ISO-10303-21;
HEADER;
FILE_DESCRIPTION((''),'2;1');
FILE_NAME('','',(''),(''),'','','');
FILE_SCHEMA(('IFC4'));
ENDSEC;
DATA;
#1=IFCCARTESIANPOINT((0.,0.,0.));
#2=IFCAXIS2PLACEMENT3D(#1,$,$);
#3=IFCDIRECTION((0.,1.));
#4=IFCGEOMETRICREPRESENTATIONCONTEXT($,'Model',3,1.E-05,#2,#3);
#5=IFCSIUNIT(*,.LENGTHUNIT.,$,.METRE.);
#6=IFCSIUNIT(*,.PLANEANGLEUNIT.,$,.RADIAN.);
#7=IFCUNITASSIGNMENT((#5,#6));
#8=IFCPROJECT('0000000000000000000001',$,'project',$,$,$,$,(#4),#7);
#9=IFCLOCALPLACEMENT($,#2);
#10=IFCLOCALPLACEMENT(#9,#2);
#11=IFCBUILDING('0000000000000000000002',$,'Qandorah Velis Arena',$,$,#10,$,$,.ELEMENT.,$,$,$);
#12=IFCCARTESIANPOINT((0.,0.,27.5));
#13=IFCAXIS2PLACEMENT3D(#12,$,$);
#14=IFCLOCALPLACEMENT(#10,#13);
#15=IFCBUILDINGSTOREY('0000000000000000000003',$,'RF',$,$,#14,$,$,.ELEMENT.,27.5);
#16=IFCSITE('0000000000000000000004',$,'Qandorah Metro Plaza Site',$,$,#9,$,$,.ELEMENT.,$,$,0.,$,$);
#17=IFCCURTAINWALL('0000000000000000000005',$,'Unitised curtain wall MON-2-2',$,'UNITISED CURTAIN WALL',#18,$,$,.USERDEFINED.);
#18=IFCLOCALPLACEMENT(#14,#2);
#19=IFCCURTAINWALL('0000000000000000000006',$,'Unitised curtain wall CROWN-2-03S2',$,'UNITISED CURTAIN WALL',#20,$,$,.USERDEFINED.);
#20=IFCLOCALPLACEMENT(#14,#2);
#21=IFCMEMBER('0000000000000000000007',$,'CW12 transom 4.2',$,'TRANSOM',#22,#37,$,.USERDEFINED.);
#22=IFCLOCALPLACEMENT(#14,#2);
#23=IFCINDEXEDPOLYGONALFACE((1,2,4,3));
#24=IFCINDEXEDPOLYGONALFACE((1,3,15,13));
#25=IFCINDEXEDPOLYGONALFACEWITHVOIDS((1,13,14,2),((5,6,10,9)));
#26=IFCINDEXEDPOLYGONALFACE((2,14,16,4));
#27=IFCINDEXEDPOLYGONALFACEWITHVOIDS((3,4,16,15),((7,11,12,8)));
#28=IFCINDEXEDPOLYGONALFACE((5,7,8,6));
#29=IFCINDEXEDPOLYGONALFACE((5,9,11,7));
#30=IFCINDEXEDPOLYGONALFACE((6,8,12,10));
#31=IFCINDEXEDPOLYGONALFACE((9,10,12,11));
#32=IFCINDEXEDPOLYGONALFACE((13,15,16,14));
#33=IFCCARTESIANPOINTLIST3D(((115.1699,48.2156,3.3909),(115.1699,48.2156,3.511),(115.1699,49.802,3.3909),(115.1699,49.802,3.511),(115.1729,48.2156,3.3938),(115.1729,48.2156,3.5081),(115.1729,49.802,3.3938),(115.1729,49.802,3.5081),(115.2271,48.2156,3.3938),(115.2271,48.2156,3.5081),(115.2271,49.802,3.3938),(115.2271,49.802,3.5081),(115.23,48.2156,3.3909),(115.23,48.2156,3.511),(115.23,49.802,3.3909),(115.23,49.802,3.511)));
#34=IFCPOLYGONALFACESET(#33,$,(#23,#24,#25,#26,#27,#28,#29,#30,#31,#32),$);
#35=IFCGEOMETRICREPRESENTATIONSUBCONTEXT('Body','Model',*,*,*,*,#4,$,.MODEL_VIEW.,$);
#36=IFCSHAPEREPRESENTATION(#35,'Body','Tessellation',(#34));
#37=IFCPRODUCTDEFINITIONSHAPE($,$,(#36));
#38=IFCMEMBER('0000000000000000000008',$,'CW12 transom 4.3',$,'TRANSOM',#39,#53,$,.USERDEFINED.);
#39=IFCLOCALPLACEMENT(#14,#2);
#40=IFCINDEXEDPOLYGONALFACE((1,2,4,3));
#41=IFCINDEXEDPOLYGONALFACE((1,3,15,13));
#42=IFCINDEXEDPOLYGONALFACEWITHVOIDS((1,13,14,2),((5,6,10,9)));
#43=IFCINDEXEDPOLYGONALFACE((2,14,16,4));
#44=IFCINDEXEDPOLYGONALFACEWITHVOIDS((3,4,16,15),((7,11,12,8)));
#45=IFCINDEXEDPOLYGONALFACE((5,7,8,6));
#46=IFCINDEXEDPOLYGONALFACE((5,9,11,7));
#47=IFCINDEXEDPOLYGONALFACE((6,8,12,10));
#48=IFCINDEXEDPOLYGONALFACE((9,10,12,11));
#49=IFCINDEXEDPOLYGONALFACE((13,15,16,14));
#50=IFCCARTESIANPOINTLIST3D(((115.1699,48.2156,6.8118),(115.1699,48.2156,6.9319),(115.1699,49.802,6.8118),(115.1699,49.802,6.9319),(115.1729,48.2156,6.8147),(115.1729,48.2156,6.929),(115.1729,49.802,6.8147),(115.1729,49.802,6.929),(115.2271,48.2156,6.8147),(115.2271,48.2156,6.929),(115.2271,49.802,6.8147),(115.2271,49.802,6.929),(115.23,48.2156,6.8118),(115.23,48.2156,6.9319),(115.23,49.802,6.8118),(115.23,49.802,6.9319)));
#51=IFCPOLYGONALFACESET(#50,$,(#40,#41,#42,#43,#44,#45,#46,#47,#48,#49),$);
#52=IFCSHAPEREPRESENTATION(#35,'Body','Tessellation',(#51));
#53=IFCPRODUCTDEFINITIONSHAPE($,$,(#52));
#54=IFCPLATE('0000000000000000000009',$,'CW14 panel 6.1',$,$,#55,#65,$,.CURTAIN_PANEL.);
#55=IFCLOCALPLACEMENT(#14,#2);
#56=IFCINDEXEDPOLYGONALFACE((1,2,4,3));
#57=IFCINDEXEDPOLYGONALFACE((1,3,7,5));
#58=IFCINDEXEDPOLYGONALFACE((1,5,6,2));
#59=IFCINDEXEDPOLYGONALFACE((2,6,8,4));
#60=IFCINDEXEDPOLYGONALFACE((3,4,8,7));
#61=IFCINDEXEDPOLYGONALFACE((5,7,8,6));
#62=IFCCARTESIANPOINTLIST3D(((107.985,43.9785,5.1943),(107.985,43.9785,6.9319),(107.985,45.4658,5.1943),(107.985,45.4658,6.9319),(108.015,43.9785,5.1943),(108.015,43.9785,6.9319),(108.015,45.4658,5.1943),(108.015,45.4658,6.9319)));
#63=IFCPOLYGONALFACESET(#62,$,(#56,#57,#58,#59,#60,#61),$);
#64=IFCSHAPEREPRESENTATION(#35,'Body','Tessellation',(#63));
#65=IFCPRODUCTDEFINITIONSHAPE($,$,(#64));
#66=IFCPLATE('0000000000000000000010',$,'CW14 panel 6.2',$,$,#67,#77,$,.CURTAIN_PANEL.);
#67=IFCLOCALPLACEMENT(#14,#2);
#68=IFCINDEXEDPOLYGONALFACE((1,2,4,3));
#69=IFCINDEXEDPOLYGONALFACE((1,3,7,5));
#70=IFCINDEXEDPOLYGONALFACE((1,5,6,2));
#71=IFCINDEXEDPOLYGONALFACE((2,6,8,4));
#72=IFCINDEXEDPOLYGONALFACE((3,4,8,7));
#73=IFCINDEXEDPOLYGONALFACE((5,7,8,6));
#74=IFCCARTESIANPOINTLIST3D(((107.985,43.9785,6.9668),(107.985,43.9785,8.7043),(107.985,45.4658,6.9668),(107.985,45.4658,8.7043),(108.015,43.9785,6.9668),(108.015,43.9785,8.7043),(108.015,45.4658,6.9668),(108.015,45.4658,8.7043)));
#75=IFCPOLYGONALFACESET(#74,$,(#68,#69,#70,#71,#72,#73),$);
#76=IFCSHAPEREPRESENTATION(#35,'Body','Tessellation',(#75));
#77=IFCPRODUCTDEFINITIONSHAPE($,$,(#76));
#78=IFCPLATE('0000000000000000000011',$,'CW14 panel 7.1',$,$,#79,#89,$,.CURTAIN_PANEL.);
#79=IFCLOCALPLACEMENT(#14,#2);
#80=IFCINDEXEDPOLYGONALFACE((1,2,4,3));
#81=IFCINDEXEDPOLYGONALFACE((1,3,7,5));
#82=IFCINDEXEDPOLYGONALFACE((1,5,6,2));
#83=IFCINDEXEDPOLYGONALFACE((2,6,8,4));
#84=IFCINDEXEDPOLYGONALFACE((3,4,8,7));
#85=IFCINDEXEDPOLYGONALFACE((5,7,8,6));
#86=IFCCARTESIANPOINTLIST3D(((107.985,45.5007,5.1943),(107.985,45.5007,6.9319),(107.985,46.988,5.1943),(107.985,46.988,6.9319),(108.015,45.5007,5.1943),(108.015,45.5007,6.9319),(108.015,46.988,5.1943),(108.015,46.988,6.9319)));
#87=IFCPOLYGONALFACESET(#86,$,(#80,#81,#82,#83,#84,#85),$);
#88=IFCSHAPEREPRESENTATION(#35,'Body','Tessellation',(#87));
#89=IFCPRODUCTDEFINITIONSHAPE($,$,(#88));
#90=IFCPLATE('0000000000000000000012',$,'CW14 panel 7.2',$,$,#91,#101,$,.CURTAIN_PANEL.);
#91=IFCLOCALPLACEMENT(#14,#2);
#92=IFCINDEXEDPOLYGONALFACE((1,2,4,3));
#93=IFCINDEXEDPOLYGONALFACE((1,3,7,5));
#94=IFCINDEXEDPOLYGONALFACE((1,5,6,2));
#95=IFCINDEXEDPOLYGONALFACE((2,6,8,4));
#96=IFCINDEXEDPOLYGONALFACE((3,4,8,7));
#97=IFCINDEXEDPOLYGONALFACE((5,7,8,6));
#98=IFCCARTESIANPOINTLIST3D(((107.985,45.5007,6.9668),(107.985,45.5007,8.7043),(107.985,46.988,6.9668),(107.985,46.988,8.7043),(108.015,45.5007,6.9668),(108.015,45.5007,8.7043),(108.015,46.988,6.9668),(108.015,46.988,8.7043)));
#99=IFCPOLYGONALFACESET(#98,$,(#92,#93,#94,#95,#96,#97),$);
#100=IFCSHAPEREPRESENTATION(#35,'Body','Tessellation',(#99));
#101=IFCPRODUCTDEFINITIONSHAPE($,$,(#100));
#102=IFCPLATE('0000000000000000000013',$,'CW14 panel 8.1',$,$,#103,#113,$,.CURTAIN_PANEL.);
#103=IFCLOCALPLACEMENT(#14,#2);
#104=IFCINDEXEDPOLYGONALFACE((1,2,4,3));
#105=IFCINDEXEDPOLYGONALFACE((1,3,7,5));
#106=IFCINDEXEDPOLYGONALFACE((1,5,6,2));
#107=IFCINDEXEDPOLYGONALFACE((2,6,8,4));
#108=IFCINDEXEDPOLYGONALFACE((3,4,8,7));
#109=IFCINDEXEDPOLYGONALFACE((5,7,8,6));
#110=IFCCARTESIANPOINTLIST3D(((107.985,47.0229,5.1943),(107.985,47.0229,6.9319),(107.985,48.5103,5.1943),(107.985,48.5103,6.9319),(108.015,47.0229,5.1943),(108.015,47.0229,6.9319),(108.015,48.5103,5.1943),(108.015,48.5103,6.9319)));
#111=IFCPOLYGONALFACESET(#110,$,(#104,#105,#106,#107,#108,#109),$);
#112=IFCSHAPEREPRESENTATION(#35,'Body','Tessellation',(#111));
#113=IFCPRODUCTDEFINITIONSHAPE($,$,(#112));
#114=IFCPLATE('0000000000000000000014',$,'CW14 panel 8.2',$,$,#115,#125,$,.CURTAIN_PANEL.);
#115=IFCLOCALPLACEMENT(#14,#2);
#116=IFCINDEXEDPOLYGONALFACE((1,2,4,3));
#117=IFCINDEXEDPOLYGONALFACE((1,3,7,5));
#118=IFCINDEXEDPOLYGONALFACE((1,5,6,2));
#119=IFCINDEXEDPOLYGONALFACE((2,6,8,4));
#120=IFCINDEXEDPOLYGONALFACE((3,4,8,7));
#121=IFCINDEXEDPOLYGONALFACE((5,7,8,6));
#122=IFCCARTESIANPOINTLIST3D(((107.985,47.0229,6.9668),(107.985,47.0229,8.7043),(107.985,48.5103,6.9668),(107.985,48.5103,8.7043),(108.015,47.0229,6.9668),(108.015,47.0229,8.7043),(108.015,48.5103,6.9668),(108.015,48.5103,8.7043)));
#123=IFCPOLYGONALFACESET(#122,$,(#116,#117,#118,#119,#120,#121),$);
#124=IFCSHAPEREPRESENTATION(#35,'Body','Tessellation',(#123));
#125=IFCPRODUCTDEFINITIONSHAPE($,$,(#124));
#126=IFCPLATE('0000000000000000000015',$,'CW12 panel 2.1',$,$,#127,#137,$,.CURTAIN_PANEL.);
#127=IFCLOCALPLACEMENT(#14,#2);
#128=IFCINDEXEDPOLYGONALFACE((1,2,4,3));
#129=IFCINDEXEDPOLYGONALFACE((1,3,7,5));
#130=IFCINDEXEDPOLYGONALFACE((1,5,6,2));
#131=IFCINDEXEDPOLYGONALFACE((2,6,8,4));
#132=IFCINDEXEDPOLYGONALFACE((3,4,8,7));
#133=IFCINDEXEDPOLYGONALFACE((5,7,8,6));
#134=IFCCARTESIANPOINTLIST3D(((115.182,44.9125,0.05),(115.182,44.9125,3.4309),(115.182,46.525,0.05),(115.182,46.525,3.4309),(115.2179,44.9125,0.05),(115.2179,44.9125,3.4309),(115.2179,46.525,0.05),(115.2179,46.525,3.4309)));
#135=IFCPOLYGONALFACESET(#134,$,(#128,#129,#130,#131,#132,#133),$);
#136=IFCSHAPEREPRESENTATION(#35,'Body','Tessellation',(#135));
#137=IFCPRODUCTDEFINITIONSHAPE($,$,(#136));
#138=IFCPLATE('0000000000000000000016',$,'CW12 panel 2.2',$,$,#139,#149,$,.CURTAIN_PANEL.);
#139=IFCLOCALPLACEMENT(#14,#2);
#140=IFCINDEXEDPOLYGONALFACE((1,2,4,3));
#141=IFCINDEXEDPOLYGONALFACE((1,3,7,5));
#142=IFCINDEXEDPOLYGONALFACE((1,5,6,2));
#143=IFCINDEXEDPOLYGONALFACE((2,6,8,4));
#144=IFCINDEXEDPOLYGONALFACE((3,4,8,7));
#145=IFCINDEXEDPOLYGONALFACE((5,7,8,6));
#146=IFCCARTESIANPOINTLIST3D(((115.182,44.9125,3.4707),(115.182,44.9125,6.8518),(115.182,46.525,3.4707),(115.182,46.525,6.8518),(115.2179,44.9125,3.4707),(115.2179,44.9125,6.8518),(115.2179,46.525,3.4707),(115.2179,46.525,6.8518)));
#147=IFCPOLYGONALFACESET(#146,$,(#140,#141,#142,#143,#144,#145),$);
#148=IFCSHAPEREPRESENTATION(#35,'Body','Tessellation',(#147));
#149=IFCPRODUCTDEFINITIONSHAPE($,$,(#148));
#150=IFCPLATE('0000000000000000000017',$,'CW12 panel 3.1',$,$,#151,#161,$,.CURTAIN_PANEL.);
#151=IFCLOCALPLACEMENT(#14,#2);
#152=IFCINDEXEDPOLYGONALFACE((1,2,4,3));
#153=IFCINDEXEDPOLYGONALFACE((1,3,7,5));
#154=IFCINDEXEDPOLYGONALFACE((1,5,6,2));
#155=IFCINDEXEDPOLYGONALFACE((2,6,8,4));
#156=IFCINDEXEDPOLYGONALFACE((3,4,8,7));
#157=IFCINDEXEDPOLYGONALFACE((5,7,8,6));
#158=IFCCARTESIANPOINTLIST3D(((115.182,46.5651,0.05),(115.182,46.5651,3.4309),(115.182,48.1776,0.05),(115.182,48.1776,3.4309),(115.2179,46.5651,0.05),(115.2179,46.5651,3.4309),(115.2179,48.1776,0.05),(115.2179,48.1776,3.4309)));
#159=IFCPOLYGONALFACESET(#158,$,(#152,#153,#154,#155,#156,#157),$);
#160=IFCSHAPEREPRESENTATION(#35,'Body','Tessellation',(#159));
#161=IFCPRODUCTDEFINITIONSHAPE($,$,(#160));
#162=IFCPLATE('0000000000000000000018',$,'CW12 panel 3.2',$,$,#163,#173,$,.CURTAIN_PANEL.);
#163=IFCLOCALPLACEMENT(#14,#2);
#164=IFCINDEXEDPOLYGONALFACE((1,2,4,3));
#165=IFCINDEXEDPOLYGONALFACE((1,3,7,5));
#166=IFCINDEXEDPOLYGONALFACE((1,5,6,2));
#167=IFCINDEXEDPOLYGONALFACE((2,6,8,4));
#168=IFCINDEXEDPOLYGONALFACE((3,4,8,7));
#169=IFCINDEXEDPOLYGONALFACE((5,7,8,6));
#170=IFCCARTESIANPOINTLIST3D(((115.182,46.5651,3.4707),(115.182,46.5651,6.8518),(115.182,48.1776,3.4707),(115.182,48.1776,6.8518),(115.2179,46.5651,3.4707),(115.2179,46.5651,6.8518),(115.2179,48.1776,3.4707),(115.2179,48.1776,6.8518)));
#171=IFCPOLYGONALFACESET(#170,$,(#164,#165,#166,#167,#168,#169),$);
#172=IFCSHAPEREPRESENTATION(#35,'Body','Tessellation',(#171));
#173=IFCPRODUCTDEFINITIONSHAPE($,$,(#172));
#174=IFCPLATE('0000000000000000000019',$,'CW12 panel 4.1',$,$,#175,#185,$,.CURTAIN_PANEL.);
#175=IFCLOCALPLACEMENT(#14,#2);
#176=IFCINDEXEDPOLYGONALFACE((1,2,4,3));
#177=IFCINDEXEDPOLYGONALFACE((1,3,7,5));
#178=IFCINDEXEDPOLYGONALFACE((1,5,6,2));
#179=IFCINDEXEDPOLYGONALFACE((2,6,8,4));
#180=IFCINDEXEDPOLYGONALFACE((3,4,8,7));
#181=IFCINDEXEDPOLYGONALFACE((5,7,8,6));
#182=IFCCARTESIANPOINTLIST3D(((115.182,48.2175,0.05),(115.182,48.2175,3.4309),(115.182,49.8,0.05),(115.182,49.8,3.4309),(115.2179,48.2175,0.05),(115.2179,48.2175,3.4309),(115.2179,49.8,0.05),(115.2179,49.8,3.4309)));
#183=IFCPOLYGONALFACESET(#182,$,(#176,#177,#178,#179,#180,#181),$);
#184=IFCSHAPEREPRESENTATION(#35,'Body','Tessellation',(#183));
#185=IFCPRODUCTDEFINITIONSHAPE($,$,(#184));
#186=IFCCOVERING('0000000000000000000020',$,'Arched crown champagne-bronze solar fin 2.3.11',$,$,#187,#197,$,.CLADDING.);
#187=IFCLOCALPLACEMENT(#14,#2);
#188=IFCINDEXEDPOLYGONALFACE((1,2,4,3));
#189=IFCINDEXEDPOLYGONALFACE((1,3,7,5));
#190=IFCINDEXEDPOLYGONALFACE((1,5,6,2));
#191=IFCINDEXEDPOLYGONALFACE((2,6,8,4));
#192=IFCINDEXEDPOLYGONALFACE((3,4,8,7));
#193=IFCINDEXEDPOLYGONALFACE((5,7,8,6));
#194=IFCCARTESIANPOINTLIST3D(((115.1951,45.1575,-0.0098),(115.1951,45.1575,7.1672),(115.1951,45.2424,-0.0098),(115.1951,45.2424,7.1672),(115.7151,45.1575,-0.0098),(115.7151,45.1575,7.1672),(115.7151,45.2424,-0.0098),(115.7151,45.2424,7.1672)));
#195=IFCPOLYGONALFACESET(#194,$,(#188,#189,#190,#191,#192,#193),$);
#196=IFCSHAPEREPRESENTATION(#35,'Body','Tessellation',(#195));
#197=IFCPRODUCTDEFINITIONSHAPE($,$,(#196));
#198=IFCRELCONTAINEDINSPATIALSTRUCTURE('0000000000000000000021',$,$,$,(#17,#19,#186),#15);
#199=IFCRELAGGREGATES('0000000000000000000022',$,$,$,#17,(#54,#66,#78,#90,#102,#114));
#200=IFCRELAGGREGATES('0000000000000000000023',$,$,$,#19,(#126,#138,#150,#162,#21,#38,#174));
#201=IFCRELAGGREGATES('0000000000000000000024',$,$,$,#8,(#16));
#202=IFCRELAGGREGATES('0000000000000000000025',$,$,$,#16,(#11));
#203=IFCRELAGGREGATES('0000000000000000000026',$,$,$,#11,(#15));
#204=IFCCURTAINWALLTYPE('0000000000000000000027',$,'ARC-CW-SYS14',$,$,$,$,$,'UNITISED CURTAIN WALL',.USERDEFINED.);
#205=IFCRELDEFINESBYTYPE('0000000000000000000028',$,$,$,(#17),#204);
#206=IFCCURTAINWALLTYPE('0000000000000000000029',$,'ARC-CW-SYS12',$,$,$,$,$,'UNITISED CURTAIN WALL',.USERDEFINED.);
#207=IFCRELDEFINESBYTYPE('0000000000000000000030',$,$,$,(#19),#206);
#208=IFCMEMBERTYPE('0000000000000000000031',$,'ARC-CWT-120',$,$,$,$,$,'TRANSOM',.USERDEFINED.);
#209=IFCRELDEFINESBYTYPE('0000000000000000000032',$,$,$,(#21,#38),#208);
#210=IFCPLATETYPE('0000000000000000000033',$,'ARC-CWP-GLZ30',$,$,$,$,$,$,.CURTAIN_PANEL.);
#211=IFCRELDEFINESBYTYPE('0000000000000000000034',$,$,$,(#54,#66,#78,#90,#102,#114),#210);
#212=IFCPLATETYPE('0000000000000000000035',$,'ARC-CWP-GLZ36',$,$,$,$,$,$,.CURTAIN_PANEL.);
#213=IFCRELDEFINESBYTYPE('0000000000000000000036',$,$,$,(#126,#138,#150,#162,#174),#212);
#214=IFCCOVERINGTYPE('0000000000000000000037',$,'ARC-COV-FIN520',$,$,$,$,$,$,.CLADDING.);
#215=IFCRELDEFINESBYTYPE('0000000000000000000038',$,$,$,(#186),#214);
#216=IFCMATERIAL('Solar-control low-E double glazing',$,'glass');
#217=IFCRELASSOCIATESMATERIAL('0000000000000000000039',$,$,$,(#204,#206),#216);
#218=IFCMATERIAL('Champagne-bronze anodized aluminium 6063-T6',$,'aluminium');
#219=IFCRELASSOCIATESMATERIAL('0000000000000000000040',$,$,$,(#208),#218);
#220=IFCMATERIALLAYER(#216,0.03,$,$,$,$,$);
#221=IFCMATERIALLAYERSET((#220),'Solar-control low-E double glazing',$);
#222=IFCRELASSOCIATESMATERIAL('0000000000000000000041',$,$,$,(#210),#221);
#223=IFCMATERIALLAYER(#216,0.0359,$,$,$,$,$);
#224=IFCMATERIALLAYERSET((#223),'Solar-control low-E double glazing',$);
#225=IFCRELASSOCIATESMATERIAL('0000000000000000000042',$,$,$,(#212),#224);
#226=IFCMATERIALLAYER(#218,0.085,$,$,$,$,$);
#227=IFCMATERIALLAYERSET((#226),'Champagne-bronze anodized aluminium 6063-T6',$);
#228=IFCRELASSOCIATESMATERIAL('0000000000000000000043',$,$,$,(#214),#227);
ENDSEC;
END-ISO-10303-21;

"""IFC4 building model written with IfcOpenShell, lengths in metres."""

from ifc_helpers import new_model, si_unit, direction, frame, origin, origin_2d, place, context, subcontext, project, spatial, rectangle, hollow_rectangle, extrude, material, layer, layer_set, material_profile, profile_set, type_object, element, aggregate, save


model = new_model("IFC4")

# Units and contexts
model_context = context("Model", 3, precision=1e-05, world=origin(), true_north=direction((0.0, 1.0)))
body_context = subcontext(model_context, "Body", "Model", "MODEL_VIEW")
ifc_project = project(units=[si_unit("LENGTHUNIT", "METRE"), si_unit("PLANEANGLEUNIT", "RADIAN")], contexts=[model_context])

# Site, building, storey
site_placement = place(None, origin())
site = spatial("IfcSite", under=ifc_project, at=site_placement, Name="Qandorah Metro Plaza Site", CompositionType="ELEMENT", RefElevation=0.0)
building_placement = place(site_placement, origin())
building = spatial("IfcBuilding", under=site, at=building_placement, Name="Qandorah Velis Arena", CompositionType="ELEMENT")
storey_placement = place(building_placement, frame((0.0, 0.0, 27.5)))
storey = spatial("IfcBuildingStorey", under=building, at=storey_placement, Name="RF", CompositionType="ELEMENT", Elevation=27.5)

# Curtain walls
ifc_material_1 = material(Name="Solar-control low-E double glazing", Category="glass")
curtain_wall_type_1 = type_object("IfcCurtainWallType", Name="ARC-CW-SYS14", ElementType="UNITISED CURTAIN WALL", PredefinedType="USERDEFINED", material=ifc_material_1)
curtain_wall_1_placement = place(storey_placement, origin())
curtain_wall_1 = element("IfcCurtainWall", 1, at=curtain_wall_1_placement, inside=storey, type_object=curtain_wall_type_1, Name="Unitised curtain wall MON-2-2", ObjectType="UNITISED CURTAIN WALL", PredefinedType="USERDEFINED")
ifc_material_2 = material(Name="Champagne-bronze anodized aluminium 6063-T6", Category="aluminium")
curtain_wall_type_2 = type_object("IfcCurtainWallType", Name="ARC-CW-SYS12", ElementType="UNITISED CURTAIN WALL", PredefinedType="USERDEFINED", material=ifc_material_1)
curtain_wall_2_placement = place(storey_placement, origin())
curtain_wall_2 = element("IfcCurtainWall", 2, at=curtain_wall_2_placement, inside=storey, type_object=curtain_wall_type_2, Name="Unitised curtain wall CROWN-2-03S2", ObjectType="UNITISED CURTAIN WALL", PredefinedType="USERDEFINED")

# Members
ifc_material_profile_1 = material_profile(ifc_material_2, hollow_rectangle(XDim=0.0601, YDim=0.1201, WallThickness=0.0029, at=origin_2d()), Name="ALU TRANSOM 60x120")
ifc_profile_set_1 = profile_set([ifc_material_profile_1], Name="Champagne-bronze anodized aluminium 6063-T6")
member_type_1 = type_object("IfcMemberType", Name="ARC-CWT-120", ElementType="TRANSOM", PredefinedType="USERDEFINED", material=ifc_profile_set_1)
member_1_placement = place(storey_placement, frame((115.2, 48.2156, 3.4509), z_axis=(0.0, 1.0, 0.0), x_axis=(-1.0, 0.0, 0.0)))
member_1 = element("IfcMember", 3, at=member_1_placement, type_object=member_type_1, Name="CW12 transom 4.2", ObjectType="TRANSOM", PredefinedType="USERDEFINED", context=body_context, shape_type="SweptSolid", body=[
    extrude(hollow_rectangle(XDim=0.0601, YDim=0.1201, WallThickness=0.0029, at=origin_2d()), origin(), (0.0, 0.0, 1.0), 1.5864),
])
member_2_placement = place(storey_placement, frame((115.2, 48.2156, 6.8718), z_axis=(0.0, 1.0, 0.0), x_axis=(-1.0, 0.0, 0.0)))
member_2 = element("IfcMember", 4, at=member_2_placement, type_object=member_type_1, Name="CW12 transom 4.3", ObjectType="TRANSOM", PredefinedType="USERDEFINED", context=body_context, shape_type="SweptSolid", body=[
    extrude(hollow_rectangle(XDim=0.0601, YDim=0.1201, WallThickness=0.0029, at=origin_2d()), origin(), (0.0, 0.0, 1.0), 1.5864),
])

# Plates
ifc_layer_1 = layer(ifc_material_1, 0.03)
ifc_layer_set_1 = layer_set([ifc_layer_1], Name="Solar-control low-E double glazing")
plate_type_1 = type_object("IfcPlateType", Name="ARC-CWP-GLZ30", PredefinedType="CURTAIN_PANEL", material=ifc_layer_set_1)
plate_1_placement = place(storey_placement, frame((108.0, 44.7222, 5.1943), z_axis=(0.0, 0.0, 1.0), x_axis=(0.0, 1.0, 0.0)))
plate_1 = element("IfcPlate", 5, at=plate_1_placement, type_object=plate_type_1, Name="CW14 panel 6.1", PredefinedType="CURTAIN_PANEL", context=body_context, shape_type="SweptSolid", body=[
    extrude(rectangle(XDim=1.4873, YDim=0.03, at=origin_2d()), origin(), (0.0, 0.0, 1.0), 1.7375),
])
plate_2_placement = place(storey_placement, frame((108.0, 44.7222, 6.9668), z_axis=(0.0, 0.0, 1.0), x_axis=(0.0, 1.0, 0.0)))
plate_2 = element("IfcPlate", 6, at=plate_2_placement, type_object=plate_type_1, Name="CW14 panel 6.2", PredefinedType="CURTAIN_PANEL", context=body_context, shape_type="SweptSolid", body=[
    extrude(rectangle(XDim=1.4873, YDim=0.03, at=origin_2d()), origin(), (0.0, 0.0, 1.0), 1.7375),
])
plate_3_placement = place(storey_placement, frame((108.0, 46.2444, 5.1943), z_axis=(0.0, 0.0, 1.0), x_axis=(0.0, 1.0, 0.0)))
plate_3 = element("IfcPlate", 7, at=plate_3_placement, type_object=plate_type_1, Name="CW14 panel 7.1", PredefinedType="CURTAIN_PANEL", context=body_context, shape_type="SweptSolid", body=[
    extrude(rectangle(XDim=1.4873, YDim=0.03, at=origin_2d()), origin(), (0.0, 0.0, 1.0), 1.7375),
])
plate_4_placement = place(storey_placement, frame((108.0, 46.2444, 6.9668), z_axis=(0.0, 0.0, 1.0), x_axis=(0.0, 1.0, 0.0)))
plate_4 = element("IfcPlate", 8, at=plate_4_placement, type_object=plate_type_1, Name="CW14 panel 7.2", PredefinedType="CURTAIN_PANEL", context=body_context, shape_type="SweptSolid", body=[
    extrude(rectangle(XDim=1.4873, YDim=0.03, at=origin_2d()), origin(), (0.0, 0.0, 1.0), 1.7375),
])
plate_5_placement = place(storey_placement, frame((108.0, 47.7666, 5.1943), z_axis=(0.0, 0.0, 1.0), x_axis=(0.0, 1.0, 0.0)))
plate_5 = element("IfcPlate", 9, at=plate_5_placement, type_object=plate_type_1, Name="CW14 panel 8.1", PredefinedType="CURTAIN_PANEL", context=body_context, shape_type="SweptSolid", body=[
    extrude(rectangle(XDim=1.4873, YDim=0.03, at=origin_2d()), origin(), (0.0, 0.0, 1.0), 1.7375),
])
plate_6_placement = place(storey_placement, frame((108.0, 47.7666, 6.9668), z_axis=(0.0, 0.0, 1.0), x_axis=(0.0, 1.0, 0.0)))
plate_6 = element("IfcPlate", 10, at=plate_6_placement, type_object=plate_type_1, Name="CW14 panel 8.2", PredefinedType="CURTAIN_PANEL", context=body_context, shape_type="SweptSolid", body=[
    extrude(rectangle(XDim=1.4873, YDim=0.03, at=origin_2d()), origin(), (0.0, 0.0, 1.0), 1.7375),
])
aggregate(curtain_wall_1, [plate_1, plate_2, plate_3, plate_4, plate_5, plate_6])
ifc_layer_2 = layer(ifc_material_1, 0.0359)
ifc_layer_set_2 = layer_set([ifc_layer_2], Name="Solar-control low-E double glazing")
plate_type_2 = type_object("IfcPlateType", Name="ARC-CWP-GLZ36", PredefinedType="CURTAIN_PANEL", material=ifc_layer_set_2)
plate_7_placement = place(storey_placement, frame((115.2, 45.7188, 0.05), z_axis=(0.0, 0.0, 1.0), x_axis=(0.0, 1.0, 0.0)))
plate_7 = element("IfcPlate", 11, at=plate_7_placement, type_object=plate_type_2, Name="CW12 panel 2.1", PredefinedType="CURTAIN_PANEL", context=body_context, shape_type="SweptSolid", body=[
    extrude(rectangle(XDim=1.6125, YDim=0.0359, at=origin_2d()), origin(), (0.0, 0.0, 1.0), 3.3809),
])
plate_8_placement = place(storey_placement, frame((115.2, 45.7188, 3.4707), z_axis=(0.0, 0.0, 1.0), x_axis=(0.0, 1.0, 0.0)))
plate_8 = element("IfcPlate", 12, at=plate_8_placement, type_object=plate_type_2, Name="CW12 panel 2.2", PredefinedType="CURTAIN_PANEL", context=body_context, shape_type="SweptSolid", body=[
    extrude(rectangle(XDim=1.6125, YDim=0.0359, at=origin_2d()), origin(), (0.0, 0.0, 1.0), 3.3811),
])
plate_9_placement = place(storey_placement, frame((115.2, 47.3713, 0.05), z_axis=(0.0, 0.0, 1.0), x_axis=(0.0, 1.0, 0.0)))
plate_9 = element("IfcPlate", 13, at=plate_9_placement, type_object=plate_type_2, Name="CW12 panel 3.1", PredefinedType="CURTAIN_PANEL", context=body_context, shape_type="SweptSolid", body=[
    extrude(rectangle(XDim=1.6125, YDim=0.0359, at=origin_2d()), origin(), (0.0, 0.0, 1.0), 3.3809),
])
plate_10_placement = place(storey_placement, frame((115.2, 47.3713, 3.4707), z_axis=(0.0, 0.0, 1.0), x_axis=(0.0, 1.0, 0.0)))
plate_10 = element("IfcPlate", 14, at=plate_10_placement, type_object=plate_type_2, Name="CW12 panel 3.2", PredefinedType="CURTAIN_PANEL", context=body_context, shape_type="SweptSolid", body=[
    extrude(rectangle(XDim=1.6125, YDim=0.0359, at=origin_2d()), origin(), (0.0, 0.0, 1.0), 3.3811),
])
plate_11_placement = place(storey_placement, frame((115.2, 49.0088, 0.05), z_axis=(0.0, 0.0, 1.0), x_axis=(0.0, 1.0, 0.0)))
plate_11 = element("IfcPlate", 15, at=plate_11_placement, type_object=plate_type_2, Name="CW12 panel 4.1", PredefinedType="CURTAIN_PANEL", context=body_context, shape_type="SweptSolid", body=[
    extrude(rectangle(XDim=1.5825, YDim=0.0359, at=origin_2d()), origin(), (0.0, 0.0, 1.0), 3.3809),
])
aggregate(curtain_wall_2, [plate_7, plate_8, plate_9, plate_10, member_1, member_2, plate_11])

# Covering
ifc_layer_3 = layer(ifc_material_2, 0.085)
ifc_layer_set_3 = layer_set([ifc_layer_3], Name="Champagne-bronze anodized aluminium 6063-T6")
covering_type = type_object("IfcCoveringType", Name="ARC-COV-FIN520", PredefinedType="CLADDING", material=ifc_layer_set_3)
covering_1_placement = place(storey_placement, frame((115.4551, 45.2, -0.0098), z_axis=(0.0, 0.0, 1.0), x_axis=(1.0, 0.0, 0.0)))
element("IfcCovering", 16, at=covering_1_placement, inside=storey, type_object=covering_type, Name="Arched crown champagne-bronze solar fin 2.3.11", PredefinedType="CLADDING", context=body_context, shape_type="SweptSolid", body=[
    extrude(rectangle(XDim=0.52, YDim=0.085, at=origin_2d()), origin(), (0.0, 0.0, 1.0), 7.177),
])

save(model, "model.ifc")
